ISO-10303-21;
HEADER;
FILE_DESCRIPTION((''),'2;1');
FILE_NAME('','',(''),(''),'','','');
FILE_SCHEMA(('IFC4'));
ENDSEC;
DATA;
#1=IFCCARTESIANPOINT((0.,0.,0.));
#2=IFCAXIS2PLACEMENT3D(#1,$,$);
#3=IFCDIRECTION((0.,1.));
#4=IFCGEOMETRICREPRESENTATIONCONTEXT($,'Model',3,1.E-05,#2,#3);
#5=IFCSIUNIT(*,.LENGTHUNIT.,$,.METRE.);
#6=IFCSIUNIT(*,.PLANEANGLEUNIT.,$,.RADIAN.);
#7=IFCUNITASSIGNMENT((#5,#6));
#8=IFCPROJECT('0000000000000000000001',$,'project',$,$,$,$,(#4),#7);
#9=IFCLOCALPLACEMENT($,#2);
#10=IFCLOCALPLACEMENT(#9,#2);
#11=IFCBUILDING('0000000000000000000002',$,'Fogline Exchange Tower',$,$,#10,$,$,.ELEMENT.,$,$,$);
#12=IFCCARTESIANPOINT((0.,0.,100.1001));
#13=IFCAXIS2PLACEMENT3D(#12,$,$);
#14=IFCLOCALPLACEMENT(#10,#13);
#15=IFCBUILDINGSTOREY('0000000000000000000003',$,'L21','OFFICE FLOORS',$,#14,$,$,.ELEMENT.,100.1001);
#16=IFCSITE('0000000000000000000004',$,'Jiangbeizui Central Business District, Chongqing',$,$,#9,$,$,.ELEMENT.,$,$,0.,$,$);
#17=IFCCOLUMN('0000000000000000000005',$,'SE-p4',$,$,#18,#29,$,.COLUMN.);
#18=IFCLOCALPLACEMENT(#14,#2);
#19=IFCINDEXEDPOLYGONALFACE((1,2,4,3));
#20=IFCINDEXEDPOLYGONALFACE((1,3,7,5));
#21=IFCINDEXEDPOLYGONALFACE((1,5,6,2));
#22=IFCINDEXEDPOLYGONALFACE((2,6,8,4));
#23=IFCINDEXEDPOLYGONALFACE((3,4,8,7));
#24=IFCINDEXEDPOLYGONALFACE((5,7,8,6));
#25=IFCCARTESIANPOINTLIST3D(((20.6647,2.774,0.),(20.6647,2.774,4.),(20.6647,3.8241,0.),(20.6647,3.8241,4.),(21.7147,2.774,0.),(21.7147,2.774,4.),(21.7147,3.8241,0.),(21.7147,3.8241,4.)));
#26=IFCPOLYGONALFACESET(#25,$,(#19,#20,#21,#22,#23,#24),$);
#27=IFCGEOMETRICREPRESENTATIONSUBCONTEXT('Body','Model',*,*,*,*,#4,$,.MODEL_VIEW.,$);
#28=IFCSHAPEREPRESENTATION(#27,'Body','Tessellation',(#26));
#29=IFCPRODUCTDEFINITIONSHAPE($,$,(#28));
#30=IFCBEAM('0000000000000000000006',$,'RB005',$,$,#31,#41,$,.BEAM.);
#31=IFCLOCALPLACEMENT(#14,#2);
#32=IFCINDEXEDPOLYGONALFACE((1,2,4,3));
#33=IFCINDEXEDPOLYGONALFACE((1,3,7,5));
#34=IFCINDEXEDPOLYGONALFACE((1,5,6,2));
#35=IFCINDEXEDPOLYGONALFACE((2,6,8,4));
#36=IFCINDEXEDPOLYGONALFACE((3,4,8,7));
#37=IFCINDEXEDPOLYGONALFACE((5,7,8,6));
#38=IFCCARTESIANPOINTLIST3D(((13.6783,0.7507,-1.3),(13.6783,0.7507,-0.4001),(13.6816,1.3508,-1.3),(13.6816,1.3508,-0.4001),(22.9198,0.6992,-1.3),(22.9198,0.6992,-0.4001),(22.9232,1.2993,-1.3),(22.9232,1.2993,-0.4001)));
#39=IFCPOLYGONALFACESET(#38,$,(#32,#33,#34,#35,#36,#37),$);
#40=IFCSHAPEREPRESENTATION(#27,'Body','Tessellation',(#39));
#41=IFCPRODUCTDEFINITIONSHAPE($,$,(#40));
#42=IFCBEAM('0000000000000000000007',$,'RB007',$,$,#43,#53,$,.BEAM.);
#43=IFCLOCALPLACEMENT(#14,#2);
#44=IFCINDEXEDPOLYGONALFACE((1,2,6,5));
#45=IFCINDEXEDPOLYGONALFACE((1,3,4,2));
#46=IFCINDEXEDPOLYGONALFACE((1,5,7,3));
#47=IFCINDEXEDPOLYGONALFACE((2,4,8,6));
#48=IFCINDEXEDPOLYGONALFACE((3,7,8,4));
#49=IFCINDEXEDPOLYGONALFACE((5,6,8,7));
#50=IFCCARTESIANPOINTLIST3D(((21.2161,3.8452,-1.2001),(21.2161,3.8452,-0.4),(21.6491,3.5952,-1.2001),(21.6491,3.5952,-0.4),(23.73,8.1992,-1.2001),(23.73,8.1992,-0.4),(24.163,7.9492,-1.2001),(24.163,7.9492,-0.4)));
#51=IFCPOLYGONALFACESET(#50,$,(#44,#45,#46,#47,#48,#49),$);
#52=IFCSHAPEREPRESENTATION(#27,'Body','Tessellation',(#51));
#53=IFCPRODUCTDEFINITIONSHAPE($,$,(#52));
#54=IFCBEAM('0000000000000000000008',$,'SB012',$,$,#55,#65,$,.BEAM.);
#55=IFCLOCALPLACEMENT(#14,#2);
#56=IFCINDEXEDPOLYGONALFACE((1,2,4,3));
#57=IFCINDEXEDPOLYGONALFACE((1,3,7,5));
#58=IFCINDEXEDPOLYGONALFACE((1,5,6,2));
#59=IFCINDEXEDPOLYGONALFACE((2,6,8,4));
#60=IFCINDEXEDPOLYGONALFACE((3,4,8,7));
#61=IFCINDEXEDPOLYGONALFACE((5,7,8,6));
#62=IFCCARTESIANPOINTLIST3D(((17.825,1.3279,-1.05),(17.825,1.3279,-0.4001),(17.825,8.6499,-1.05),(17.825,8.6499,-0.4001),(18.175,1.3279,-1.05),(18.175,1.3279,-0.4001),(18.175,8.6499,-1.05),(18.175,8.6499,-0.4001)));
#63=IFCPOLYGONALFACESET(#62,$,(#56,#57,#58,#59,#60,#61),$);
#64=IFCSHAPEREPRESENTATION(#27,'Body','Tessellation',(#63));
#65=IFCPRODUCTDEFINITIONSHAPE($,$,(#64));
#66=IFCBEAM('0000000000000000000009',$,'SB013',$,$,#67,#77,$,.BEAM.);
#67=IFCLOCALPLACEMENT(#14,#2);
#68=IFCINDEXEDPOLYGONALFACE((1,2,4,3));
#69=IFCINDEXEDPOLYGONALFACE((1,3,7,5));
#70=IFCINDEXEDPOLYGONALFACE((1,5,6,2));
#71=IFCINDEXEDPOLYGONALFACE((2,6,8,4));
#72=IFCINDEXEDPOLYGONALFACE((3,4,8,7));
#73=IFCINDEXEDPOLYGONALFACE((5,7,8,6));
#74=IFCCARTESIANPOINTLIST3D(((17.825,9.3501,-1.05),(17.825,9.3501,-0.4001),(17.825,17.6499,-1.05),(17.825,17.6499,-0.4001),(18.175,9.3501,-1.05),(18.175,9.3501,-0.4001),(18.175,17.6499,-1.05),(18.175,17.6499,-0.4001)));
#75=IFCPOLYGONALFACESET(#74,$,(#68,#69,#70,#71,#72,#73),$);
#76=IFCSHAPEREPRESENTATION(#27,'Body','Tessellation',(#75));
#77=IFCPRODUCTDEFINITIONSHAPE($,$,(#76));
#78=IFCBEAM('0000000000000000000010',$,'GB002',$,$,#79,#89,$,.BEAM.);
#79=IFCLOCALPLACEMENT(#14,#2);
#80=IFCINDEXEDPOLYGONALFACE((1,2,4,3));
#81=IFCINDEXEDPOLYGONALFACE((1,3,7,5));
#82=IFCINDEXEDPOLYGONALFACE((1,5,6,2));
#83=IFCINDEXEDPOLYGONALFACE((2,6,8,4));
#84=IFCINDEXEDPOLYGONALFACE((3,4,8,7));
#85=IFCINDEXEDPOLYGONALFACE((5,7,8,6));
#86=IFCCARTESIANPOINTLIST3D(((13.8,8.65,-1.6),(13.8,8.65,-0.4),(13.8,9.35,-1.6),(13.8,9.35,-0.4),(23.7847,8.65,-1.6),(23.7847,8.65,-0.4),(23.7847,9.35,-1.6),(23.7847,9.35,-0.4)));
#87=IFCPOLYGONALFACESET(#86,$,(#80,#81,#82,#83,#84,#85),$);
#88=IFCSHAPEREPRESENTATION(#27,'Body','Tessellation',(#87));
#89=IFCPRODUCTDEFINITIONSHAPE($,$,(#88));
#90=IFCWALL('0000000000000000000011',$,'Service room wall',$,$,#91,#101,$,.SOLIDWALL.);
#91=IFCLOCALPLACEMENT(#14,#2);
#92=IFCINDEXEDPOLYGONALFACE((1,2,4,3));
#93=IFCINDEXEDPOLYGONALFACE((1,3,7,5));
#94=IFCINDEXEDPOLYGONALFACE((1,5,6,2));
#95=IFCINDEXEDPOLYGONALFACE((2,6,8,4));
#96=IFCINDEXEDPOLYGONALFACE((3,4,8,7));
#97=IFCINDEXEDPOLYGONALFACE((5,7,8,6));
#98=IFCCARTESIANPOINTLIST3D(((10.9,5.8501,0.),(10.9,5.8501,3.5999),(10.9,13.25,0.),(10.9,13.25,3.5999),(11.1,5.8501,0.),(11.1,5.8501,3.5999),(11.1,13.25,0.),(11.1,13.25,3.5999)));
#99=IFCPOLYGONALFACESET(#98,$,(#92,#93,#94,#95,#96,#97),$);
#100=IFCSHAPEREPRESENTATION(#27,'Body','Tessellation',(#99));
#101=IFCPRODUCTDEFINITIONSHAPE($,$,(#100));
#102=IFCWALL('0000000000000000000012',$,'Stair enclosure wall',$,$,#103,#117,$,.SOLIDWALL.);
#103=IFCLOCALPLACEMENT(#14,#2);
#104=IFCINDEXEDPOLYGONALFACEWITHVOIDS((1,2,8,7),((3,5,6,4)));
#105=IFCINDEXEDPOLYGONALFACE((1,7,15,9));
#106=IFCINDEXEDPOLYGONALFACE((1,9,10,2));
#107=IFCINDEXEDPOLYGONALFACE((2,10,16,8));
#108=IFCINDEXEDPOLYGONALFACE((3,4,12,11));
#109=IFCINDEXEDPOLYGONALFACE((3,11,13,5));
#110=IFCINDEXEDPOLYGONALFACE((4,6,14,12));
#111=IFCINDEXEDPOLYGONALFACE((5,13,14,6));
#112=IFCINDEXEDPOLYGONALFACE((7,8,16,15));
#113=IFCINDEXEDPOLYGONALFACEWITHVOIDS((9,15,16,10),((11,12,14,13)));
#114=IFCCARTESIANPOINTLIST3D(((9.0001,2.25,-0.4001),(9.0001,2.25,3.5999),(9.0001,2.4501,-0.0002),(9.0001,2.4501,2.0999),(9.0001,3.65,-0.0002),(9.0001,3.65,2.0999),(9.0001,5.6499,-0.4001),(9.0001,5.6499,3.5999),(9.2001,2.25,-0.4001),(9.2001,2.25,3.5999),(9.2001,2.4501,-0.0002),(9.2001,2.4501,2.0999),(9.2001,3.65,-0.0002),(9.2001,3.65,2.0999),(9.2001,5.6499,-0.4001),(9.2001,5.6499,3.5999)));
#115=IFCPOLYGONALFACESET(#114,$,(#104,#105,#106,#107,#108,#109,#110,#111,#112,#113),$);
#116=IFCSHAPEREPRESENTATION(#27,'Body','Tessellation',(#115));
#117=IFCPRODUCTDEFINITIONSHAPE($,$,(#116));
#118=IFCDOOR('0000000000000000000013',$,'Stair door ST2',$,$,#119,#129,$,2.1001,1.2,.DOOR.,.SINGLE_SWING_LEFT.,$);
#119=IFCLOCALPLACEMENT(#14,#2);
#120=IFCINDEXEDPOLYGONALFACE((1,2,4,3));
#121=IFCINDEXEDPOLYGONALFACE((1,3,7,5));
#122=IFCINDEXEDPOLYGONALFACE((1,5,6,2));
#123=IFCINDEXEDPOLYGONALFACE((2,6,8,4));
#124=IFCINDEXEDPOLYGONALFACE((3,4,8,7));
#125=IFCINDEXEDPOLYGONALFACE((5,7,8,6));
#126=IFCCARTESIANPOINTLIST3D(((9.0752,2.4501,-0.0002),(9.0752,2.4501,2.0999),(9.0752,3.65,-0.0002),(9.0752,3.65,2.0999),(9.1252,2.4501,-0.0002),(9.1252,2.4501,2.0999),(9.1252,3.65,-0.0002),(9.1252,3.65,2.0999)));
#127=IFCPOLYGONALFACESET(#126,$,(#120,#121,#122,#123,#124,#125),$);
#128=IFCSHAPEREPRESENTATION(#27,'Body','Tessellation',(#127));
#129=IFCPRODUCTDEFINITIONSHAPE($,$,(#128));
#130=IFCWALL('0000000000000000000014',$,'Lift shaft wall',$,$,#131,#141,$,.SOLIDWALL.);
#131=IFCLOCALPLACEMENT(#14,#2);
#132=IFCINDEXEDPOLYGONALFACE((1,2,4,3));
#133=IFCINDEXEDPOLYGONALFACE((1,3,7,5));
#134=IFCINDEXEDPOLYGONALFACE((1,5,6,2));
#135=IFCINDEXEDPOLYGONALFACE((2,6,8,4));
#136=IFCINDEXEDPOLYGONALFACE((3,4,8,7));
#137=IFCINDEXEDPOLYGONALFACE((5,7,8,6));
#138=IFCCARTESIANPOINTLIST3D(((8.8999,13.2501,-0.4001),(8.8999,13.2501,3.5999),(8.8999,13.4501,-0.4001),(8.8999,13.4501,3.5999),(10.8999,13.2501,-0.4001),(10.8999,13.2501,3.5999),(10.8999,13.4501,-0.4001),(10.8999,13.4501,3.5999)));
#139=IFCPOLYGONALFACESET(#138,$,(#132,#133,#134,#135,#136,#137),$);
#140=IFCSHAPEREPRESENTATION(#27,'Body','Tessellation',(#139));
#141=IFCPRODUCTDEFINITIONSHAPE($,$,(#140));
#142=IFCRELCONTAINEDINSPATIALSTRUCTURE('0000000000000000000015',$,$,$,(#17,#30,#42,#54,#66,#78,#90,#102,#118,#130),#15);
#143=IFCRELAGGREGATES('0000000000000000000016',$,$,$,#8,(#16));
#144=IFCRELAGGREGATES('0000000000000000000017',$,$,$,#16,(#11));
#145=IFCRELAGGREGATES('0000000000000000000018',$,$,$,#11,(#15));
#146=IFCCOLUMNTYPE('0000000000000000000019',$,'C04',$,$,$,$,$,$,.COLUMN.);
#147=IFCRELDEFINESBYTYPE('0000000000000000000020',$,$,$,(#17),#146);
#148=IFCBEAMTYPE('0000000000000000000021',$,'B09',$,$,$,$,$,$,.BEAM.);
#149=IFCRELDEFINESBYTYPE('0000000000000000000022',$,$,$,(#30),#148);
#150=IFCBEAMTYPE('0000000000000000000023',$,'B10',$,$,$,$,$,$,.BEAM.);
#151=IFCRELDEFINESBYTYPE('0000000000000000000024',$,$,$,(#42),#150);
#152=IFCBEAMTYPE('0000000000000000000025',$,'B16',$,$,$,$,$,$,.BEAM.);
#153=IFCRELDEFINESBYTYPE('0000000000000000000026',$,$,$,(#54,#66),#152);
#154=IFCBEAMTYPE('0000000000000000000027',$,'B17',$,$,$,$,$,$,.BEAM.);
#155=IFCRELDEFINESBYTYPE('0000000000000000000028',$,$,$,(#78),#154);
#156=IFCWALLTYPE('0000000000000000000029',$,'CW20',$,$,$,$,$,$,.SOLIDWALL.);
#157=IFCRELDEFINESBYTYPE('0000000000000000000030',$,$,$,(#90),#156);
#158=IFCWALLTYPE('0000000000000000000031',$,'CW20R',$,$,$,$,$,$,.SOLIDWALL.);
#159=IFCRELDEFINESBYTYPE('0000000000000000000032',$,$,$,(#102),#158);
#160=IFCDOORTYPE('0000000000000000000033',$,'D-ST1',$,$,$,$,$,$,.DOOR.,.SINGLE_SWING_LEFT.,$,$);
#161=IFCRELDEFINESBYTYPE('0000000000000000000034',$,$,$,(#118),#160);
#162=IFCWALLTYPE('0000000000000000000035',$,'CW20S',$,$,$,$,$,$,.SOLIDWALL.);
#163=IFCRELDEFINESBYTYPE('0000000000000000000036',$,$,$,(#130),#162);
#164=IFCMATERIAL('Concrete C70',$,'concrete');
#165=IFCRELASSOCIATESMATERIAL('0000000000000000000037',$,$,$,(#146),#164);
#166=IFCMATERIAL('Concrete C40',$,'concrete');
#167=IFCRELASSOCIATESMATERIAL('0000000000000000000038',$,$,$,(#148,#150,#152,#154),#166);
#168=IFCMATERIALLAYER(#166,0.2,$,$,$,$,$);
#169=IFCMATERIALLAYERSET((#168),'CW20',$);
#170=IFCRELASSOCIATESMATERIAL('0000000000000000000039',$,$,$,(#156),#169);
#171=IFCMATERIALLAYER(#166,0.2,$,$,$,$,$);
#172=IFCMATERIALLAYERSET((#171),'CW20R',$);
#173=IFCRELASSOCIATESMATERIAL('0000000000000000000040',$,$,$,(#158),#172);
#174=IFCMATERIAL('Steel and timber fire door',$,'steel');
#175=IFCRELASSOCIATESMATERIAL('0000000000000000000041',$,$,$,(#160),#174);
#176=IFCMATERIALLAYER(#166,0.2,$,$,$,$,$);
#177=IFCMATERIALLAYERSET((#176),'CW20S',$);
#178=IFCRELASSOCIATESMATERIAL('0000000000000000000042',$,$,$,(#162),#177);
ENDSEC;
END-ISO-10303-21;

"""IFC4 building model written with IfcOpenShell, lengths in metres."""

from ifc_helpers import new_model, si_unit, direction, frame, frame_2d, origin, origin_2d, place, context, subcontext, project, spatial, rectangle, extrude, material, layer, layer_set, material_profile, profile_set, type_object, element, fill, save


model = new_model("IFC4")

# Units and contexts
model_context = context("Model", 3, precision=1e-05, world=origin(), true_north=direction((0.0, 1.0)))
body_context = subcontext(model_context, "Body", "Model", "MODEL_VIEW")
ifc_project = project(units=[si_unit("LENGTHUNIT", "METRE"), si_unit("PLANEANGLEUNIT", "RADIAN")], contexts=[model_context])

# Site, building, storey
site_placement = place(None, origin())
site = spatial("IfcSite", under=ifc_project, at=site_placement, Name="Jiangbeizui Central Business District, Chongqing", CompositionType="ELEMENT", RefElevation=0.0)
building_placement = place(site_placement, origin())
building = spatial("IfcBuilding", under=site, at=building_placement, Name="Fogline Exchange Tower", CompositionType="ELEMENT")
storey_placement = place(building_placement, frame((0.0, 0.0, 100.1001)))
storey = spatial("IfcBuildingStorey", under=building, at=storey_placement, Name="L21", Description="OFFICE FLOORS", CompositionType="ELEMENT", Elevation=100.1001)

# Column
ifc_material_1 = material(Name="Concrete C70", Category="concrete")
ifc_material_profile_1 = material_profile(ifc_material_1, rectangle(XDim=1.05, YDim=1.05, at=origin_2d()), Name="RC 1050x1050")
ifc_profile_set_1 = profile_set([ifc_material_profile_1], Name="Concrete C70")
column_type = type_object("IfcColumnType", Name="C04", PredefinedType="COLUMN", material=ifc_profile_set_1)
column_placement = place(storey_placement, frame((21.1897, 3.2991, 0.0), z_axis=(0.0, 0.0, 1.0), x_axis=(1.0, 0.0, 0.0)))
element("IfcColumn", 1, at=column_placement, inside=storey, type_object=column_type, Name="SE-p4", PredefinedType="COLUMN", context=body_context, shape_type="SweptSolid", body=[
    extrude(rectangle(XDim=1.05, YDim=1.05, at=origin_2d()), origin(), (0.0, 0.0, 1.0), 4.0),
])

# Beams
ifc_material_2 = material(Name="Concrete C40", Category="concrete")
ifc_material_profile_2 = material_profile(ifc_material_2, rectangle(XDim=0.6001, YDim=0.8999, at=origin_2d()), Name="RC 600x900")
ifc_profile_set_2 = profile_set([ifc_material_profile_2], Name="Concrete C40")
beam_type_1 = type_object("IfcBeamType", Name="B09", PredefinedType="BEAM", material=ifc_profile_set_2)
beam_1_placement = place(storey_placement, frame((13.6799, 1.0508, -0.8501), z_axis=(0.999984, -0.005574, 0.0), x_axis=(0.005574, 0.999984, 0.0)))
element("IfcBeam", 2, at=beam_1_placement, inside=storey, type_object=beam_type_1, Name="RB005", PredefinedType="BEAM", context=body_context, shape_type="SweptSolid", body=[
    extrude(rectangle(XDim=0.6001, YDim=0.8999, at=origin_2d()), origin(), (0.0, 0.0, 1.0), 9.2417),
])
ifc_material_profile_3 = material_profile(ifc_material_2, rectangle(XDim=0.5, YDim=0.8, at=origin_2d()), Name="RC 500x800")
ifc_profile_set_3 = profile_set([ifc_material_profile_3], Name="Concrete C40")
beam_type_2 = type_object("IfcBeamType", Name="B10", PredefinedType="BEAM", material=ifc_profile_set_3)
beam_2_placement = place(storey_placement, frame((21.4326, 3.7202, -0.8), z_axis=(0.500019, 0.866014, 0.0), x_axis=(-0.866014, 0.500019, 0.0)))
element("IfcBeam", 3, at=beam_2_placement, inside=storey, type_object=beam_type_2, Name="RB007", PredefinedType="BEAM", context=body_context, shape_type="SweptSolid", body=[
    extrude(rectangle(XDim=0.5, YDim=0.8, at=origin_2d()), origin(), (0.0, 0.0, 1.0), 5.0276),
])
ifc_material_profile_4 = material_profile(ifc_material_2, rectangle(XDim=0.3501, YDim=0.6499, at=origin_2d()), Name="RC 350x650")
ifc_profile_set_4 = profile_set([ifc_material_profile_4], Name="Concrete C40")
beam_type_3 = type_object("IfcBeamType", Name="B16", PredefinedType="BEAM", material=ifc_profile_set_4)
beam_3_placement = place(storey_placement, frame((18.0, 1.3279, -0.7251), z_axis=(0.0, 1.0, 0.0), x_axis=(-1.0, 0.0, 0.0)))
element("IfcBeam", 4, at=beam_3_placement, inside=storey, type_object=beam_type_3, Name="SB012", PredefinedType="BEAM", context=body_context, shape_type="SweptSolid", body=[
    extrude(rectangle(XDim=0.3501, YDim=0.6499, at=origin_2d()), origin(), (0.0, 0.0, 1.0), 7.322),
])
beam_4_placement = place(storey_placement, frame((18.0, 9.3501, -0.7251), z_axis=(0.0, 1.0, 0.0), x_axis=(-1.0, 0.0, 0.0)))
element("IfcBeam", 5, at=beam_4_placement, inside=storey, type_object=beam_type_3, Name="SB013", PredefinedType="BEAM", context=body_context, shape_type="SweptSolid", body=[
    extrude(rectangle(XDim=0.3501, YDim=0.6499, at=origin_2d()), origin(), (0.0, 0.0, 1.0), 8.2998),
])
ifc_material_profile_5 = material_profile(ifc_material_2, rectangle(XDim=0.7, YDim=1.2, at=origin_2d()), Name="RC 700x1200")
ifc_profile_set_5 = profile_set([ifc_material_profile_5], Name="Concrete C40")
beam_type_4 = type_object("IfcBeamType", Name="B17", PredefinedType="BEAM", material=ifc_profile_set_5)
beam_5_placement = place(storey_placement, frame((13.8, 9.0, -1.0), z_axis=(1.0, 0.0, 0.0), x_axis=(0.0, 1.0, 0.0)))
element("IfcBeam", 6, at=beam_5_placement, inside=storey, type_object=beam_type_4, Name="GB002", PredefinedType="BEAM", context=body_context, shape_type="SweptSolid", body=[
    extrude(rectangle(XDim=0.7, YDim=1.2, at=origin_2d()), origin(), (0.0, 0.0, 1.0), 9.9846),
])

# Wall
ifc_layer_1 = layer(ifc_material_2, 0.2)
ifc_layer_set_1 = layer_set([ifc_layer_1], Name="CW20")
wall_type_1 = type_object("IfcWallType", Name="CW20", PredefinedType="SOLIDWALL", material=ifc_layer_set_1)
wall_1_placement = place(storey_placement, frame((11.0, 5.8501, 0.0), z_axis=(0.0, 0.0, 1.0), x_axis=(0.0, 1.0, 0.0)))
element("IfcWall", 7, at=wall_1_placement, inside=storey, type_object=wall_type_1, Name="Service room wall", PredefinedType="SOLIDWALL", context=body_context, shape_type="SweptSolid", body=[
    extrude(rectangle(XDim=7.3999, YDim=0.2, at=frame_2d((3.7, 0.0))), origin(), (0.0, 0.0, 1.0), 3.5999),
])

# Wall, opening, door
ifc_layer_2 = layer(ifc_material_2, 0.2)
ifc_layer_set_2 = layer_set([ifc_layer_2], Name="CW20R")
wall_type_2 = type_object("IfcWallType", Name="CW20R", PredefinedType="SOLIDWALL", material=ifc_layer_set_2)
wall_2_placement = place(storey_placement, frame((9.1001, 2.25, -0.4001), z_axis=(0.0, 0.0, 1.0), x_axis=(0.0, 1.0, 0.0)))
wall_2 = element("IfcWall", 8, at=wall_2_placement, inside=storey, type_object=wall_type_2, Name="Stair enclosure wall", PredefinedType="SOLIDWALL", context=body_context, shape_type="SweptSolid", body=[
    extrude(rectangle(XDim=3.3999, YDim=0.2, at=frame_2d((1.7, 0.0))), origin(), (0.0, 0.0, 1.0), 4.0),
])
opening_1_placement = place(wall_2_placement, frame((0.2, 0.0, 0.3999)))
opening_1 = element("IfcOpeningElement", 9, at=opening_1_placement, cuts=wall_2, PredefinedType="OPENING", context=body_context, shape_type="SweptSolid", body=[
    extrude(rectangle(XDim=1.2, YDim=2.1001, at=frame_2d((0.6001, 1.05))), frame((0.0, 0.1099, 0.0), z_axis=(0.0, -1.0, 0.0), x_axis=(1.0, 0.0, 0.0)), (0.0, 0.0, 1.0), 0.22),
])
ifc_material_3 = material(Name="Steel and timber fire door", Category="steel")
door_type_1 = type_object("IfcDoorType", Name="D-ST1", OperationType="SINGLE_SWING_LEFT", PredefinedType="DOOR", material=ifc_material_3)
door_1_placement = place(opening_1_placement, origin())
door_1 = element("IfcDoor", 10, at=door_1_placement, inside=storey, type_object=door_type_1, Name="Stair door ST2", OperationType="SINGLE_SWING_LEFT", OverallHeight=2.1001, OverallWidth=1.2, PredefinedType="DOOR", context=body_context, shape_type="SweptSolid", body=[
    extrude(rectangle(XDim=1.2, YDim=2.1001, at=frame_2d((0.6001, 1.05))), frame((0.0, 0.0249, 0.0), z_axis=(0.0, -1.0, 0.0), x_axis=(1.0, 0.0, 0.0)), (0.0, 0.0, 1.0), 0.05),
])
fill(opening_1, door_1)

# Wall
ifc_layer_3 = layer(ifc_material_2, 0.2)
ifc_layer_set_3 = layer_set([ifc_layer_3], Name="CW20S")
wall_type_3 = type_object("IfcWallType", Name="CW20S", PredefinedType="SOLIDWALL", material=ifc_layer_set_3)
wall_3_placement = place(storey_placement, frame((8.8999, 13.3501, -0.4001), z_axis=(0.0, 0.0, 1.0), x_axis=(1.0, 0.0, 0.0)))
element("IfcWall", 11, at=wall_3_placement, inside=storey, type_object=wall_type_3, Name="Lift shaft wall", PredefinedType="SOLIDWALL", context=body_context, shape_type="SweptSolid", body=[
    extrude(rectangle(XDim=2.0, YDim=0.2, at=frame_2d((1.0, 0.0))), origin(), (0.0, 0.0, 1.0), 4.0),
])

save(model, "model.ifc")
